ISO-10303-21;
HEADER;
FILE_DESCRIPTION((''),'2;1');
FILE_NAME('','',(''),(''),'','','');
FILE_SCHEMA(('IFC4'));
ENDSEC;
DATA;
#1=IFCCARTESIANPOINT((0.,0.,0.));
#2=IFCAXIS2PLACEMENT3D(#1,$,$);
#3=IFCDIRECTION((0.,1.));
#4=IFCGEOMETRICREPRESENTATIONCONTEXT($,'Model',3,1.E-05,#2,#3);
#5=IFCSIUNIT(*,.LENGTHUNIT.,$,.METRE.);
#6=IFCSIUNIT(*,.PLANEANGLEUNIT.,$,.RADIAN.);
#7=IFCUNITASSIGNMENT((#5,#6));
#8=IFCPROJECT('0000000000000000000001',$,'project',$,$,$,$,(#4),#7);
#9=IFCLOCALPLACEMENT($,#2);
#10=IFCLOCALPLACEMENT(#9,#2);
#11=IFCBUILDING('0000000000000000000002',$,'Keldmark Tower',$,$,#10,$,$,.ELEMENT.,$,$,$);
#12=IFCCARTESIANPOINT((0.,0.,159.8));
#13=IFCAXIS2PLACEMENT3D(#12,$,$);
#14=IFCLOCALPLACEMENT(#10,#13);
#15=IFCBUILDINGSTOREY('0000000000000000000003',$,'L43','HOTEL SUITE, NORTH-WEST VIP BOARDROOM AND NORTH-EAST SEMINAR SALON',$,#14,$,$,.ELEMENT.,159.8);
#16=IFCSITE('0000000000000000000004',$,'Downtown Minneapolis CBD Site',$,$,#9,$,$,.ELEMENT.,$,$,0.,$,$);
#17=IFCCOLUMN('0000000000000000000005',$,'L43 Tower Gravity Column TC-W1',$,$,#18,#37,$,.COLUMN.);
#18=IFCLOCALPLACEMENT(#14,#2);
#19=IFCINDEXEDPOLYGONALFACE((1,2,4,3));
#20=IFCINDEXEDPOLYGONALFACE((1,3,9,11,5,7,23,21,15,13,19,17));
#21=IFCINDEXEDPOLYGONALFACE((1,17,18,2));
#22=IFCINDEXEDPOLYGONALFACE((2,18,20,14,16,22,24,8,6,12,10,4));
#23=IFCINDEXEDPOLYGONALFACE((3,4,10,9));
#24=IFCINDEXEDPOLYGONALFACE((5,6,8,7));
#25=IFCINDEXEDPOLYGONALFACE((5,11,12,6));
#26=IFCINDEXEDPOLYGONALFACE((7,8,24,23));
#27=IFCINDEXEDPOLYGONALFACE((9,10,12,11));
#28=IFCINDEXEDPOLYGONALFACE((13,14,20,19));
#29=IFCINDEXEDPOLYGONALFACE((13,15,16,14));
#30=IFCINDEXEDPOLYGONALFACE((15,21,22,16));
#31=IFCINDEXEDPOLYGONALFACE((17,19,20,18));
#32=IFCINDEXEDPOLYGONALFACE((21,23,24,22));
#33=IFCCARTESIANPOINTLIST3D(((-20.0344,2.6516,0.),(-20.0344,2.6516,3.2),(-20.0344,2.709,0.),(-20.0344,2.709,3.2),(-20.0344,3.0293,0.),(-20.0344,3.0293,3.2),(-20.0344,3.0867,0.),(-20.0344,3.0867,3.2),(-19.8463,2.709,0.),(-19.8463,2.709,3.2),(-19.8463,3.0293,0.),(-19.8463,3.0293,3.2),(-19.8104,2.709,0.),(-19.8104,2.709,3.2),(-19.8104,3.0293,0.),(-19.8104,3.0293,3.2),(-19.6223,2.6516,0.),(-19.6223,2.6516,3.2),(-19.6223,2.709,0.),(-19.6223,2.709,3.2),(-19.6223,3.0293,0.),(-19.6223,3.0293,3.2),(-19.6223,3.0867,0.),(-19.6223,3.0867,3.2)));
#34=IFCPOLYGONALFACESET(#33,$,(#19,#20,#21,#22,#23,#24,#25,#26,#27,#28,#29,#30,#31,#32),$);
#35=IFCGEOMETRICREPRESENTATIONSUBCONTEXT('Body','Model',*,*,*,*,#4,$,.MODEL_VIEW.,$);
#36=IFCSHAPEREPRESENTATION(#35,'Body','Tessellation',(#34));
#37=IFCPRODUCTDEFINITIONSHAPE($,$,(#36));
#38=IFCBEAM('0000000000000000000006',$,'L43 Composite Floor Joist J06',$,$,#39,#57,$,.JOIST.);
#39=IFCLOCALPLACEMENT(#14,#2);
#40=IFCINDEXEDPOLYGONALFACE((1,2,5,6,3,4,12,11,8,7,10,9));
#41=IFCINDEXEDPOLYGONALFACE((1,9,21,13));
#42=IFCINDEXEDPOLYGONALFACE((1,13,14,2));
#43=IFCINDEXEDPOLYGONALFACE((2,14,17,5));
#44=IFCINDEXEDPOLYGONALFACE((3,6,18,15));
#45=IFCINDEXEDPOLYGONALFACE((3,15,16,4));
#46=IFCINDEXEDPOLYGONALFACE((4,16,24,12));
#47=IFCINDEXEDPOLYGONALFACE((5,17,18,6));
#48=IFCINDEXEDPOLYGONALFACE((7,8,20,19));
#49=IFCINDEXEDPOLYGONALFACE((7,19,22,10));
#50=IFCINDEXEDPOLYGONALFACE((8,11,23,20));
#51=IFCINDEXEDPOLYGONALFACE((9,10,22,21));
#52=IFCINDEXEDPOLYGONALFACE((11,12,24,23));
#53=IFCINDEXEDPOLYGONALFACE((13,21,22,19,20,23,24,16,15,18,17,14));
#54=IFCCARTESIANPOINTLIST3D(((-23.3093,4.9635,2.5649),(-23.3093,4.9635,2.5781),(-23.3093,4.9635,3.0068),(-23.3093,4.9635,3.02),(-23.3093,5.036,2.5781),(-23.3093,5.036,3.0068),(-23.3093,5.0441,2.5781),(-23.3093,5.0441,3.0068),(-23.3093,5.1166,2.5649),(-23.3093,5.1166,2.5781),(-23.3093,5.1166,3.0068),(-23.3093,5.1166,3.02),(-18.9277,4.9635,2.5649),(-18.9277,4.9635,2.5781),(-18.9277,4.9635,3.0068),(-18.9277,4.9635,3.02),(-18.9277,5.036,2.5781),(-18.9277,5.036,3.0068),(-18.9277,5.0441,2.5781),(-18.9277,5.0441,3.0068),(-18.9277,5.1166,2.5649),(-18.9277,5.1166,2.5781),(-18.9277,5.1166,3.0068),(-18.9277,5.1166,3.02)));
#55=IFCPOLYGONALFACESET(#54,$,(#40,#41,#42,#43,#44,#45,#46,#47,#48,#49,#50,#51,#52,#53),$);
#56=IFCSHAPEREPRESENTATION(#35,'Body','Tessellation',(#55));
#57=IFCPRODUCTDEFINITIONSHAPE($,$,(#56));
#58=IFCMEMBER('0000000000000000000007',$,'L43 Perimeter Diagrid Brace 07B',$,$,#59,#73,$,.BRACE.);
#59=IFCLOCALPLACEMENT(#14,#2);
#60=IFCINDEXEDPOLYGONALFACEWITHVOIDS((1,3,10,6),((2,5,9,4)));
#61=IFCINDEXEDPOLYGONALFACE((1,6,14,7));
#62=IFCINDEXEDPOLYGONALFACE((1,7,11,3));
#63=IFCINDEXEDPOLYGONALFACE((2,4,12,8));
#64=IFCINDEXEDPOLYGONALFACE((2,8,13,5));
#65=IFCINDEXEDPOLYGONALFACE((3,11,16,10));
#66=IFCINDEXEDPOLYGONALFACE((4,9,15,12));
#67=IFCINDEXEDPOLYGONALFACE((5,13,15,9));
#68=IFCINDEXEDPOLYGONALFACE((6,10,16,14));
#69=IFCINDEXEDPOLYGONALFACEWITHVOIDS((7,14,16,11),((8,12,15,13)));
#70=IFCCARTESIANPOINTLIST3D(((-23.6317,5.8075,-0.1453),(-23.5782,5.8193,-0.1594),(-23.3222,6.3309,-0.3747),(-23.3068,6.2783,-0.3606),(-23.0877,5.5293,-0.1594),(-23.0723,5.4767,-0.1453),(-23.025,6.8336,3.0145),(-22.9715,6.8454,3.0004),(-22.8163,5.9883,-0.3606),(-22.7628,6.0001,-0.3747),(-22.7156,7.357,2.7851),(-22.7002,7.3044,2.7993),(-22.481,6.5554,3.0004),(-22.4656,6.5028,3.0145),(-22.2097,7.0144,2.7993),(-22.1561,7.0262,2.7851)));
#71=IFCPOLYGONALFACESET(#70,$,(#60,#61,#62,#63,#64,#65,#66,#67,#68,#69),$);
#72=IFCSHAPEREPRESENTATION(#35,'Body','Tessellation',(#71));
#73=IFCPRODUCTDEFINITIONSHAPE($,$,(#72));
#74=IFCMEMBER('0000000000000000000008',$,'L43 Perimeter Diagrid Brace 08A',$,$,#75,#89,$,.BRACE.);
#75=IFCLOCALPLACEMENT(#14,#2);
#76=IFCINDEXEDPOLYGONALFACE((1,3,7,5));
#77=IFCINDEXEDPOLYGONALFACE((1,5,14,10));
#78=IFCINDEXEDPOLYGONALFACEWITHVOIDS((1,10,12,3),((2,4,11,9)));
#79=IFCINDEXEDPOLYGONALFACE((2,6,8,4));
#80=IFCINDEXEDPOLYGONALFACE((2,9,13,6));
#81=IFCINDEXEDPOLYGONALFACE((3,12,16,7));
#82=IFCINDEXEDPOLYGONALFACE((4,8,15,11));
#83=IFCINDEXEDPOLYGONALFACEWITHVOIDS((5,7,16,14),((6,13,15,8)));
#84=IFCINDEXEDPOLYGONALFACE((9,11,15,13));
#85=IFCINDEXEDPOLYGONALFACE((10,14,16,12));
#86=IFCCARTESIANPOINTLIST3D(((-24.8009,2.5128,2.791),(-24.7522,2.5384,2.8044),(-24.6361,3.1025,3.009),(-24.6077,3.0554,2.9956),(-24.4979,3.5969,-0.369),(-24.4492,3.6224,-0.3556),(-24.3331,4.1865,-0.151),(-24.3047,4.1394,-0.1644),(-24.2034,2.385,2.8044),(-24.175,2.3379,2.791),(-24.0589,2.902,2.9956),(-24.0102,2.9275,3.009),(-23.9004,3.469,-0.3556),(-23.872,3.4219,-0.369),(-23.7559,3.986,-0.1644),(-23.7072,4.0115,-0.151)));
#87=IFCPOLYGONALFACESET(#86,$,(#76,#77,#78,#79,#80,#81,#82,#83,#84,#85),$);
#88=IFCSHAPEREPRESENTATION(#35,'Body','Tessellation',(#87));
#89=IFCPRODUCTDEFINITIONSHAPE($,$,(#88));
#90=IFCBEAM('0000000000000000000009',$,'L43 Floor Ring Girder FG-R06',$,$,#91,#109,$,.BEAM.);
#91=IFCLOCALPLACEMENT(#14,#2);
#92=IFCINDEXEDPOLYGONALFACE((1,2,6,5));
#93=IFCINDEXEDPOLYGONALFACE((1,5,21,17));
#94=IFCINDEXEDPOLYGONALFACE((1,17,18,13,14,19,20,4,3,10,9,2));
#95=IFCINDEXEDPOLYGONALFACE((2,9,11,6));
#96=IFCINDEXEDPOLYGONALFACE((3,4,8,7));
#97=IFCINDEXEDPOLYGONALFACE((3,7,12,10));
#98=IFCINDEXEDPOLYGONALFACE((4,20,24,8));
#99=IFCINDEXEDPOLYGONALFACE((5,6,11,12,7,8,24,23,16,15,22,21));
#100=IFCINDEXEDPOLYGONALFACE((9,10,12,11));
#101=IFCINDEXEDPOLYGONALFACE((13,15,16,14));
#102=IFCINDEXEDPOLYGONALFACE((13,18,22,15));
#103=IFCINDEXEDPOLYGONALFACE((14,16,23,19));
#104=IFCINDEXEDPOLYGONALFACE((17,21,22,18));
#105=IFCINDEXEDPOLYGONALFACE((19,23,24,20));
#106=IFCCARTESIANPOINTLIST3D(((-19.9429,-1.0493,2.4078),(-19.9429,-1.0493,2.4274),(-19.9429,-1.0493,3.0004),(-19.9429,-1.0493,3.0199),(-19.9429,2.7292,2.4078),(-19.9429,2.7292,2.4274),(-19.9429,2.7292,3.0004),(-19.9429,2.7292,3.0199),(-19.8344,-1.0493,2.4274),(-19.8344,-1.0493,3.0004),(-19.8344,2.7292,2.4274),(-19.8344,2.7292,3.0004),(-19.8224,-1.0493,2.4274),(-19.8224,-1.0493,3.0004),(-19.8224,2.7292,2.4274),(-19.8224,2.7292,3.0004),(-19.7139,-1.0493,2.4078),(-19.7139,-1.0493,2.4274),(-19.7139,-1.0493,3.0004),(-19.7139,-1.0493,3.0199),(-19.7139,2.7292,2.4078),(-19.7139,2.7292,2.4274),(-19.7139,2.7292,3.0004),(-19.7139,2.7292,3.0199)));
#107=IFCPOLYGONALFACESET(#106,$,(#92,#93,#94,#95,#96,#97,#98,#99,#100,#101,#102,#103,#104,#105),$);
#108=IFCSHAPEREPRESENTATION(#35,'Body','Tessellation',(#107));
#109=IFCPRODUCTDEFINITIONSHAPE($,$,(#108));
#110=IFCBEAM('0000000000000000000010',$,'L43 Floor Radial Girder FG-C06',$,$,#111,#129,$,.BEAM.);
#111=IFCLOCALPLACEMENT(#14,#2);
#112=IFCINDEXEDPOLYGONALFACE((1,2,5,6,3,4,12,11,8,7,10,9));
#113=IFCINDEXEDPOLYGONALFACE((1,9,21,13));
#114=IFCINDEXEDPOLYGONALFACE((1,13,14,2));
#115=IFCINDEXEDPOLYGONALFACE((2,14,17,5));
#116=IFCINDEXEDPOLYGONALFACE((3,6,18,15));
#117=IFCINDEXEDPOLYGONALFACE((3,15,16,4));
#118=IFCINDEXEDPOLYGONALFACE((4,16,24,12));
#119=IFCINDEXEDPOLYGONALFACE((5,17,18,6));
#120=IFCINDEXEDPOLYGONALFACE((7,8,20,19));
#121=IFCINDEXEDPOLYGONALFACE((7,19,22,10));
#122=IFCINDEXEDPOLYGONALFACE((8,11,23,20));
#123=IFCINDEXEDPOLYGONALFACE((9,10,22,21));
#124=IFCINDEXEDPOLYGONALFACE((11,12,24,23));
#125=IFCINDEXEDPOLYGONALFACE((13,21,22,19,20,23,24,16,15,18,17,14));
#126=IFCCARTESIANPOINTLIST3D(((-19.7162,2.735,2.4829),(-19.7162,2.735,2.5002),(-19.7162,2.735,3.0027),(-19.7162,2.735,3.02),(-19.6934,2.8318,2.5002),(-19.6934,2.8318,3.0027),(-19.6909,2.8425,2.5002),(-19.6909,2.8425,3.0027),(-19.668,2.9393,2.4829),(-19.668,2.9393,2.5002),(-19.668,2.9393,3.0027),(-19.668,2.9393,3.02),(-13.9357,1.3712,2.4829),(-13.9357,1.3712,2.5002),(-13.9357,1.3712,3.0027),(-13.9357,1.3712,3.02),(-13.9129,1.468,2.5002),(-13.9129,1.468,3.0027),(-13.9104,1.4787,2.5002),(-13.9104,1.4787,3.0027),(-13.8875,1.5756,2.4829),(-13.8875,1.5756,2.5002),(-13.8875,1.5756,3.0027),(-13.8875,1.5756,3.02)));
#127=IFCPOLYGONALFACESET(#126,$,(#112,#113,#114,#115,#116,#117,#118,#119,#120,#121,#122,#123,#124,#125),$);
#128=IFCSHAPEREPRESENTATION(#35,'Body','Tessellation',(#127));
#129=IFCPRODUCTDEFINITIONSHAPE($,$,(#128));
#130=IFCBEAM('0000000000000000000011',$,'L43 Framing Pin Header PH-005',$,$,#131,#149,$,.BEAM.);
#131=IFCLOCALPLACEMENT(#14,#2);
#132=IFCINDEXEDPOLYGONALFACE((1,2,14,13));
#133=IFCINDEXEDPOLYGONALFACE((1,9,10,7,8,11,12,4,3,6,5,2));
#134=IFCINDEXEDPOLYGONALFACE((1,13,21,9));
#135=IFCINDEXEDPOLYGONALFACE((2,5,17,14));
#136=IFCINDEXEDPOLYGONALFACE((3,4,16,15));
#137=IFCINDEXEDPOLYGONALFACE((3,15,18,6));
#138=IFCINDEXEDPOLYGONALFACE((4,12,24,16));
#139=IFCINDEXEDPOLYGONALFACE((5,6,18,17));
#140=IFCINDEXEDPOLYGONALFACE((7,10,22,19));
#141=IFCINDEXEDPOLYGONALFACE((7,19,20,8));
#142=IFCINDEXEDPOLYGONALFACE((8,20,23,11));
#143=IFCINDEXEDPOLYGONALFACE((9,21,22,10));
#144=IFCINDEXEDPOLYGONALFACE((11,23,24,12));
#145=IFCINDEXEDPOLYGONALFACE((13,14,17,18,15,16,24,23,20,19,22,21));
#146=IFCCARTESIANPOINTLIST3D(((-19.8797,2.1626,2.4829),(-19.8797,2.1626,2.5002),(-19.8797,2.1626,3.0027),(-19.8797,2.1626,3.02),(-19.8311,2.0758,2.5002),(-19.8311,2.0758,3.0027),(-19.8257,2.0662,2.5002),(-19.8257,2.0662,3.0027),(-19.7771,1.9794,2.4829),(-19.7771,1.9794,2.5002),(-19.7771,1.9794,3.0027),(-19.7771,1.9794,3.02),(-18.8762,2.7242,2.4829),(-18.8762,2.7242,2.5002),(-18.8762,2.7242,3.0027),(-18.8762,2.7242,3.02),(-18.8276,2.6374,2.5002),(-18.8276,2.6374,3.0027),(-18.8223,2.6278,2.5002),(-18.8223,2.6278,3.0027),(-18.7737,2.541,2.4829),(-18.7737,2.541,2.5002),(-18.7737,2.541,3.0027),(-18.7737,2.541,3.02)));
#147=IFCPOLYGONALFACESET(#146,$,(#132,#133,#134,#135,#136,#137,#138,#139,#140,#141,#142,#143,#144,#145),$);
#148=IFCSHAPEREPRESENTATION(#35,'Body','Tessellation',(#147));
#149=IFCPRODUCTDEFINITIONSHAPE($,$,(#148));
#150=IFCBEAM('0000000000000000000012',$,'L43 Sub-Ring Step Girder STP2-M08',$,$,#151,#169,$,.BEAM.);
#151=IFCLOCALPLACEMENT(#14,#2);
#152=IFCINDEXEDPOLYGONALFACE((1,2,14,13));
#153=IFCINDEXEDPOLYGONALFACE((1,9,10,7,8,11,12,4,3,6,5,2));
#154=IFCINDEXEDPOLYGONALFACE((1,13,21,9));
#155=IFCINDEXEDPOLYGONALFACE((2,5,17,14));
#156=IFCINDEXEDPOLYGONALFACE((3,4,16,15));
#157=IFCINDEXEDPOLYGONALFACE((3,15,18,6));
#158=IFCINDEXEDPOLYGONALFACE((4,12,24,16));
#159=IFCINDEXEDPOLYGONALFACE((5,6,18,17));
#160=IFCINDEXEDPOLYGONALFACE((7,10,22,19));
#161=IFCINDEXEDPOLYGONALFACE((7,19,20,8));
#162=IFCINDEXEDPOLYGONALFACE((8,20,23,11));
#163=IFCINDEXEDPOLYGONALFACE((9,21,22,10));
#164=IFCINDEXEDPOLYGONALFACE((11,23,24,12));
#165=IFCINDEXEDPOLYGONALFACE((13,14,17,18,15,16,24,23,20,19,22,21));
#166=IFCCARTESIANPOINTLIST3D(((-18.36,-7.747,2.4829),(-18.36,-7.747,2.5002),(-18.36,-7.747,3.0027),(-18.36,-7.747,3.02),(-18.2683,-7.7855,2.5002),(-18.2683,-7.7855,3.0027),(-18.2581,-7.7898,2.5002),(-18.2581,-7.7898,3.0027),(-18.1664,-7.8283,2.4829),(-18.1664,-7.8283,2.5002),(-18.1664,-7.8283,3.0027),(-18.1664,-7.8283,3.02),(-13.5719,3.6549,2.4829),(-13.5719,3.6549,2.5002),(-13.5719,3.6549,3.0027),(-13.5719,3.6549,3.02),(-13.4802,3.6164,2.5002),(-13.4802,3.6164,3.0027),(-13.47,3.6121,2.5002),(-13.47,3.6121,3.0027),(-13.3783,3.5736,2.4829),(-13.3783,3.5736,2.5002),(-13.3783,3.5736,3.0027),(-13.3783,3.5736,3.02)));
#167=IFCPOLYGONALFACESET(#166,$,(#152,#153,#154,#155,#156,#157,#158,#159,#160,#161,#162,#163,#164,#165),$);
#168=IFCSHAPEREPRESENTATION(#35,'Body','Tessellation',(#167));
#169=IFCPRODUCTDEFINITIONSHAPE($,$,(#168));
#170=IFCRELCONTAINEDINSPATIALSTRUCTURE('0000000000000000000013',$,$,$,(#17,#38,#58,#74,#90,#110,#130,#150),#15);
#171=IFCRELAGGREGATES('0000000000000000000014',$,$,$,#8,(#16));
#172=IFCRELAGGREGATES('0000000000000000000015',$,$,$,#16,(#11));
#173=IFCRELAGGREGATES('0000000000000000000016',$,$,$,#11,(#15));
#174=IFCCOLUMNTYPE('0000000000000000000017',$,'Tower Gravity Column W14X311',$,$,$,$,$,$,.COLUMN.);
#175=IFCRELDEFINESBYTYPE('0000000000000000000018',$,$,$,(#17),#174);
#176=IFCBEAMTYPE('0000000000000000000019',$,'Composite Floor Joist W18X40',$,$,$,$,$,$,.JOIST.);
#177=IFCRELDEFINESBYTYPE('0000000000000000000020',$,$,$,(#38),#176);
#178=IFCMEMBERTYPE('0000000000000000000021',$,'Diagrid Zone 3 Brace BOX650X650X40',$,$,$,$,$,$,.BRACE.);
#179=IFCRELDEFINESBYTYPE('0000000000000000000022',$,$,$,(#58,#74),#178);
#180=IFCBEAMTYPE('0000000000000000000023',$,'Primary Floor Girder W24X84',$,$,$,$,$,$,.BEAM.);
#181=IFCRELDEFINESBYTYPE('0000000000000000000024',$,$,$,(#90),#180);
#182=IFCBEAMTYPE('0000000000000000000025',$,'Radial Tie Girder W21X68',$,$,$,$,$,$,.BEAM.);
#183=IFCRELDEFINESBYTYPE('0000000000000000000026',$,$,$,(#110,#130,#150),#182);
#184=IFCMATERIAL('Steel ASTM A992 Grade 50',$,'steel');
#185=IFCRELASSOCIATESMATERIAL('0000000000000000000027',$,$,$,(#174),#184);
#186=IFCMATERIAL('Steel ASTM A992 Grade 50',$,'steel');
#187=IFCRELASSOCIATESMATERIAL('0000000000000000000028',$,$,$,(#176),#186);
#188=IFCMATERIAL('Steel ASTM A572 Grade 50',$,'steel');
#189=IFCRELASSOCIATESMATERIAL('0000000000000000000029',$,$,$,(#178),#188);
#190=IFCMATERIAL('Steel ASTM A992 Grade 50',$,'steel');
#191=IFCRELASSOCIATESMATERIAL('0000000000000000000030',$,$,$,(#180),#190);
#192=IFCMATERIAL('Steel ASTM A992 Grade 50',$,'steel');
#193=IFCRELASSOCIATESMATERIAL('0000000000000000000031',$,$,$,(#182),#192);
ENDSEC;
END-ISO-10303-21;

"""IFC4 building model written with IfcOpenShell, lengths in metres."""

from ifc_helpers import new_model, si_unit, direction, frame, origin, origin_2d, place, context, subcontext, project, spatial, hollow_rectangle, i_section, extrude, material, material_profile, profile_set, type_object, element, save


model = new_model("IFC4")

# Units and contexts
model_context = context("Model", 3, precision=1e-05, world=origin(), true_north=direction((0.0, 1.0)))
body_context = subcontext(model_context, "Body", "Model", "MODEL_VIEW")
ifc_project = project(units=[si_unit("LENGTHUNIT", "METRE"), si_unit("PLANEANGLEUNIT", "RADIAN")], contexts=[model_context])

# Site, building, storey
site_placement = place(None, origin())
site = spatial("IfcSite", under=ifc_project, at=site_placement, Name="Downtown Minneapolis CBD Site", CompositionType="ELEMENT", RefElevation=0.0)
building_placement = place(site_placement, origin())
building = spatial("IfcBuilding", under=site, at=building_placement, Name="Keldmark Tower", CompositionType="ELEMENT")
storey_placement = place(building_placement, frame((0.0, 0.0, 159.8)))
storey = spatial("IfcBuildingStorey", under=building, at=storey_placement, Name="L43", Description="HOTEL SUITE, NORTH-WEST VIP BOARDROOM AND NORTH-EAST SEMINAR SALON", CompositionType="ELEMENT", Elevation=159.8)

# Column
ifc_material_1 = material(Name="Steel ASTM A992 Grade 50", Category="steel")
ifc_material_profile_1 = material_profile(ifc_material_1, i_section(OverallWidth=0.4121, OverallDepth=0.4351, WebThickness=0.0359, FlangeThickness=0.0574, at=origin_2d()), Name="W14X311")
ifc_profile_set_1 = profile_set([ifc_material_profile_1], Name="Steel ASTM A992 Grade 50")
column_type = type_object("IfcColumnType", Name="Tower Gravity Column W14X311", PredefinedType="COLUMN", material=ifc_profile_set_1)
column_placement = place(storey_placement, frame((-19.8284, 2.8691, 0.0), z_axis=(0.0, 0.0, 1.0), x_axis=(1.0, 0.0, 0.0)))
element("IfcColumn", 1, at=column_placement, inside=storey, type_object=column_type, Name="L43 Tower Gravity Column TC-W1", PredefinedType="COLUMN", context=body_context, shape_type="SweptSolid", body=[
    extrude(i_section(OverallWidth=0.4121, OverallDepth=0.4351, WebThickness=0.0359, FlangeThickness=0.0574, at=origin_2d()), origin(), (0.0, 0.0, 1.0), 3.2),
])

# Beam
ifc_material_2 = material(Name="Steel ASTM A992 Grade 50", Category="steel")
ifc_material_profile_2 = material_profile(ifc_material_2, i_section(OverallWidth=0.1531, OverallDepth=0.4551, WebThickness=0.0081, FlangeThickness=0.0132, at=origin_2d()), Name="W18X40")
ifc_profile_set_2 = profile_set([ifc_material_profile_2], Name="Steel ASTM A992 Grade 50")
beam_type_1 = type_object("IfcBeamType", Name="Composite Floor Joist W18X40", PredefinedType="JOIST", material=ifc_profile_set_2)
beam_1_placement = place(storey_placement, frame((-23.3093, 5.04, 2.7925), z_axis=(1.0, 0.0, 0.0), x_axis=(0.0, 1.0, 0.0)))
element("IfcBeam", 2, at=beam_1_placement, inside=storey, type_object=beam_type_1, Name="L43 Composite Floor Joist J06", PredefinedType="JOIST", context=body_context, shape_type="SweptSolid", body=[
    extrude(i_section(OverallWidth=0.1531, OverallDepth=0.4551, WebThickness=0.0081, FlangeThickness=0.0132, at=origin_2d()), origin(), (0.0, 0.0, 1.0), 4.3816),
])

# Members
ifc_material_3 = material(Name="Steel ASTM A572 Grade 50", Category="steel")
ifc_material_profile_3 = material_profile(ifc_material_3, hollow_rectangle(XDim=0.6499, YDim=0.6499, WallThickness=0.04, at=origin_2d()), Name="BOX650X650X40")
ifc_profile_set_3 = profile_set([ifc_material_profile_3], Name="Steel ASTM A572 Grade 50")
member_type = type_object("IfcMemberType", Name="Diagrid Zone 3 Brace BOX650X650X40", PredefinedType="BRACE", material=ifc_profile_set_3)
member_1_placement = place(storey_placement, frame((-23.1973, 5.9038, -0.26), z_axis=(0.179638, 0.303831, 0.935637), x_axis=(-0.8608, 0.508943, 0.0)))
element("IfcMember", 3, at=member_1_placement, inside=storey, type_object=member_type, Name="L43 Perimeter Diagrid Brace 07B", PredefinedType="BRACE", context=body_context, shape_type="SweptSolid", body=[
    extrude(hollow_rectangle(XDim=0.6499, YDim=0.6499, WallThickness=0.04, at=origin_2d()), origin(), (0.0, 0.0, 1.0), 3.3772),
])
member_2_placement = place(storey_placement, frame((-24.1025, 3.8042, -0.26), z_axis=(-0.090323, -0.323155, 0.942026), x_axis=(0.963088, -0.269187, 0.0)))
element("IfcMember", 4, at=member_2_placement, inside=storey, type_object=member_type, Name="L43 Perimeter Diagrid Brace 08A", PredefinedType="BRACE", context=body_context, shape_type="SweptSolid", body=[
    extrude(hollow_rectangle(XDim=0.6499, YDim=0.6499, WallThickness=0.04, at=origin_2d()), origin(), (0.0, 0.0, 1.0), 3.3545),
])

# Beams
ifc_material_4 = material(Name="Steel ASTM A992 Grade 50", Category="steel")
ifc_material_profile_4 = material_profile(ifc_material_4, i_section(OverallWidth=0.229, OverallDepth=0.6121, WebThickness=0.012, FlangeThickness=0.0195, at=origin_2d()), Name="W24X84")
ifc_profile_set_4 = profile_set([ifc_material_profile_4], Name="Steel ASTM A992 Grade 50")
beam_type_2 = type_object("IfcBeamType", Name="Primary Floor Girder W24X84", PredefinedType="BEAM", material=ifc_profile_set_4)
beam_2_placement = place(storey_placement, frame((-19.8284, 2.7292, 2.7139), z_axis=(0.0, -1.0, 0.0), x_axis=(1.0, 0.0, 0.0)))
element("IfcBeam", 5, at=beam_2_placement, inside=storey, type_object=beam_type_2, Name="L43 Floor Ring Girder FG-R06", PredefinedType="BEAM", context=body_context, shape_type="SweptSolid", body=[
    extrude(i_section(OverallWidth=0.229, OverallDepth=0.6121, WebThickness=0.012, FlangeThickness=0.0195, at=origin_2d()), origin(), (0.0, 0.0, 1.0), 3.7786),
])
ifc_material_5 = material(Name="Steel ASTM A992 Grade 50", Category="steel")
ifc_material_profile_5 = material_profile(ifc_material_5, i_section(OverallWidth=0.21, OverallDepth=0.5371, WebThickness=0.011, FlangeThickness=0.0173, at=origin_2d()), Name="W21X68")
ifc_profile_set_5 = profile_set([ifc_material_profile_5], Name="Steel ASTM A992 Grade 50")
beam_type_3 = type_object("IfcBeamType", Name="Radial Tie Girder W21X68", PredefinedType="BEAM", material=ifc_profile_set_5)
beam_3_placement = place(storey_placement, frame((-19.6921, 2.8372, 2.7515), z_axis=(0.97328, -0.229621, 0.0), x_axis=(0.229621, 0.97328, 0.0)))
element("IfcBeam", 6, at=beam_3_placement, inside=storey, type_object=beam_type_3, Name="L43 Floor Radial Girder FG-C06", PredefinedType="BEAM", context=body_context, shape_type="SweptSolid", body=[
    extrude(i_section(OverallWidth=0.21, OverallDepth=0.5371, WebThickness=0.011, FlangeThickness=0.0173, at=origin_2d()), origin(), (0.0, 0.0, 1.0), 5.9392),
])
beam_4_placement = place(storey_placement, frame((-18.825, 2.6326, 2.7515), z_axis=(-0.872651, -0.488345, 0.0), x_axis=(0.488345, -0.872651, 0.0)))
element("IfcBeam", 7, at=beam_4_placement, inside=storey, type_object=beam_type_3, Name="L43 Framing Pin Header PH-005", PredefinedType="BEAM", context=body_context, shape_type="SweptSolid", body=[
    extrude(i_section(OverallWidth=0.21, OverallDepth=0.5371, WebThickness=0.011, FlangeThickness=0.0173, at=origin_2d()), origin(), (0.0, 0.0, 1.0), 1.1499),
])
beam_5_placement = place(storey_placement, frame((-13.4751, 3.6143, 2.7515), z_axis=(-0.387185, -0.922002, 0.0), x_axis=(0.922002, -0.387185, 0.0)))
element("IfcBeam", 8, at=beam_5_placement, inside=storey, type_object=beam_type_3, Name="L43 Sub-Ring Step Girder STP2-M08", PredefinedType="BEAM", context=body_context, shape_type="SweptSolid", body=[
    extrude(i_section(OverallWidth=0.21, OverallDepth=0.5371, WebThickness=0.011, FlangeThickness=0.0173, at=origin_2d()), origin(), (0.0, 0.0, 1.0), 12.3665),
])

save(model, "model.ifc")
